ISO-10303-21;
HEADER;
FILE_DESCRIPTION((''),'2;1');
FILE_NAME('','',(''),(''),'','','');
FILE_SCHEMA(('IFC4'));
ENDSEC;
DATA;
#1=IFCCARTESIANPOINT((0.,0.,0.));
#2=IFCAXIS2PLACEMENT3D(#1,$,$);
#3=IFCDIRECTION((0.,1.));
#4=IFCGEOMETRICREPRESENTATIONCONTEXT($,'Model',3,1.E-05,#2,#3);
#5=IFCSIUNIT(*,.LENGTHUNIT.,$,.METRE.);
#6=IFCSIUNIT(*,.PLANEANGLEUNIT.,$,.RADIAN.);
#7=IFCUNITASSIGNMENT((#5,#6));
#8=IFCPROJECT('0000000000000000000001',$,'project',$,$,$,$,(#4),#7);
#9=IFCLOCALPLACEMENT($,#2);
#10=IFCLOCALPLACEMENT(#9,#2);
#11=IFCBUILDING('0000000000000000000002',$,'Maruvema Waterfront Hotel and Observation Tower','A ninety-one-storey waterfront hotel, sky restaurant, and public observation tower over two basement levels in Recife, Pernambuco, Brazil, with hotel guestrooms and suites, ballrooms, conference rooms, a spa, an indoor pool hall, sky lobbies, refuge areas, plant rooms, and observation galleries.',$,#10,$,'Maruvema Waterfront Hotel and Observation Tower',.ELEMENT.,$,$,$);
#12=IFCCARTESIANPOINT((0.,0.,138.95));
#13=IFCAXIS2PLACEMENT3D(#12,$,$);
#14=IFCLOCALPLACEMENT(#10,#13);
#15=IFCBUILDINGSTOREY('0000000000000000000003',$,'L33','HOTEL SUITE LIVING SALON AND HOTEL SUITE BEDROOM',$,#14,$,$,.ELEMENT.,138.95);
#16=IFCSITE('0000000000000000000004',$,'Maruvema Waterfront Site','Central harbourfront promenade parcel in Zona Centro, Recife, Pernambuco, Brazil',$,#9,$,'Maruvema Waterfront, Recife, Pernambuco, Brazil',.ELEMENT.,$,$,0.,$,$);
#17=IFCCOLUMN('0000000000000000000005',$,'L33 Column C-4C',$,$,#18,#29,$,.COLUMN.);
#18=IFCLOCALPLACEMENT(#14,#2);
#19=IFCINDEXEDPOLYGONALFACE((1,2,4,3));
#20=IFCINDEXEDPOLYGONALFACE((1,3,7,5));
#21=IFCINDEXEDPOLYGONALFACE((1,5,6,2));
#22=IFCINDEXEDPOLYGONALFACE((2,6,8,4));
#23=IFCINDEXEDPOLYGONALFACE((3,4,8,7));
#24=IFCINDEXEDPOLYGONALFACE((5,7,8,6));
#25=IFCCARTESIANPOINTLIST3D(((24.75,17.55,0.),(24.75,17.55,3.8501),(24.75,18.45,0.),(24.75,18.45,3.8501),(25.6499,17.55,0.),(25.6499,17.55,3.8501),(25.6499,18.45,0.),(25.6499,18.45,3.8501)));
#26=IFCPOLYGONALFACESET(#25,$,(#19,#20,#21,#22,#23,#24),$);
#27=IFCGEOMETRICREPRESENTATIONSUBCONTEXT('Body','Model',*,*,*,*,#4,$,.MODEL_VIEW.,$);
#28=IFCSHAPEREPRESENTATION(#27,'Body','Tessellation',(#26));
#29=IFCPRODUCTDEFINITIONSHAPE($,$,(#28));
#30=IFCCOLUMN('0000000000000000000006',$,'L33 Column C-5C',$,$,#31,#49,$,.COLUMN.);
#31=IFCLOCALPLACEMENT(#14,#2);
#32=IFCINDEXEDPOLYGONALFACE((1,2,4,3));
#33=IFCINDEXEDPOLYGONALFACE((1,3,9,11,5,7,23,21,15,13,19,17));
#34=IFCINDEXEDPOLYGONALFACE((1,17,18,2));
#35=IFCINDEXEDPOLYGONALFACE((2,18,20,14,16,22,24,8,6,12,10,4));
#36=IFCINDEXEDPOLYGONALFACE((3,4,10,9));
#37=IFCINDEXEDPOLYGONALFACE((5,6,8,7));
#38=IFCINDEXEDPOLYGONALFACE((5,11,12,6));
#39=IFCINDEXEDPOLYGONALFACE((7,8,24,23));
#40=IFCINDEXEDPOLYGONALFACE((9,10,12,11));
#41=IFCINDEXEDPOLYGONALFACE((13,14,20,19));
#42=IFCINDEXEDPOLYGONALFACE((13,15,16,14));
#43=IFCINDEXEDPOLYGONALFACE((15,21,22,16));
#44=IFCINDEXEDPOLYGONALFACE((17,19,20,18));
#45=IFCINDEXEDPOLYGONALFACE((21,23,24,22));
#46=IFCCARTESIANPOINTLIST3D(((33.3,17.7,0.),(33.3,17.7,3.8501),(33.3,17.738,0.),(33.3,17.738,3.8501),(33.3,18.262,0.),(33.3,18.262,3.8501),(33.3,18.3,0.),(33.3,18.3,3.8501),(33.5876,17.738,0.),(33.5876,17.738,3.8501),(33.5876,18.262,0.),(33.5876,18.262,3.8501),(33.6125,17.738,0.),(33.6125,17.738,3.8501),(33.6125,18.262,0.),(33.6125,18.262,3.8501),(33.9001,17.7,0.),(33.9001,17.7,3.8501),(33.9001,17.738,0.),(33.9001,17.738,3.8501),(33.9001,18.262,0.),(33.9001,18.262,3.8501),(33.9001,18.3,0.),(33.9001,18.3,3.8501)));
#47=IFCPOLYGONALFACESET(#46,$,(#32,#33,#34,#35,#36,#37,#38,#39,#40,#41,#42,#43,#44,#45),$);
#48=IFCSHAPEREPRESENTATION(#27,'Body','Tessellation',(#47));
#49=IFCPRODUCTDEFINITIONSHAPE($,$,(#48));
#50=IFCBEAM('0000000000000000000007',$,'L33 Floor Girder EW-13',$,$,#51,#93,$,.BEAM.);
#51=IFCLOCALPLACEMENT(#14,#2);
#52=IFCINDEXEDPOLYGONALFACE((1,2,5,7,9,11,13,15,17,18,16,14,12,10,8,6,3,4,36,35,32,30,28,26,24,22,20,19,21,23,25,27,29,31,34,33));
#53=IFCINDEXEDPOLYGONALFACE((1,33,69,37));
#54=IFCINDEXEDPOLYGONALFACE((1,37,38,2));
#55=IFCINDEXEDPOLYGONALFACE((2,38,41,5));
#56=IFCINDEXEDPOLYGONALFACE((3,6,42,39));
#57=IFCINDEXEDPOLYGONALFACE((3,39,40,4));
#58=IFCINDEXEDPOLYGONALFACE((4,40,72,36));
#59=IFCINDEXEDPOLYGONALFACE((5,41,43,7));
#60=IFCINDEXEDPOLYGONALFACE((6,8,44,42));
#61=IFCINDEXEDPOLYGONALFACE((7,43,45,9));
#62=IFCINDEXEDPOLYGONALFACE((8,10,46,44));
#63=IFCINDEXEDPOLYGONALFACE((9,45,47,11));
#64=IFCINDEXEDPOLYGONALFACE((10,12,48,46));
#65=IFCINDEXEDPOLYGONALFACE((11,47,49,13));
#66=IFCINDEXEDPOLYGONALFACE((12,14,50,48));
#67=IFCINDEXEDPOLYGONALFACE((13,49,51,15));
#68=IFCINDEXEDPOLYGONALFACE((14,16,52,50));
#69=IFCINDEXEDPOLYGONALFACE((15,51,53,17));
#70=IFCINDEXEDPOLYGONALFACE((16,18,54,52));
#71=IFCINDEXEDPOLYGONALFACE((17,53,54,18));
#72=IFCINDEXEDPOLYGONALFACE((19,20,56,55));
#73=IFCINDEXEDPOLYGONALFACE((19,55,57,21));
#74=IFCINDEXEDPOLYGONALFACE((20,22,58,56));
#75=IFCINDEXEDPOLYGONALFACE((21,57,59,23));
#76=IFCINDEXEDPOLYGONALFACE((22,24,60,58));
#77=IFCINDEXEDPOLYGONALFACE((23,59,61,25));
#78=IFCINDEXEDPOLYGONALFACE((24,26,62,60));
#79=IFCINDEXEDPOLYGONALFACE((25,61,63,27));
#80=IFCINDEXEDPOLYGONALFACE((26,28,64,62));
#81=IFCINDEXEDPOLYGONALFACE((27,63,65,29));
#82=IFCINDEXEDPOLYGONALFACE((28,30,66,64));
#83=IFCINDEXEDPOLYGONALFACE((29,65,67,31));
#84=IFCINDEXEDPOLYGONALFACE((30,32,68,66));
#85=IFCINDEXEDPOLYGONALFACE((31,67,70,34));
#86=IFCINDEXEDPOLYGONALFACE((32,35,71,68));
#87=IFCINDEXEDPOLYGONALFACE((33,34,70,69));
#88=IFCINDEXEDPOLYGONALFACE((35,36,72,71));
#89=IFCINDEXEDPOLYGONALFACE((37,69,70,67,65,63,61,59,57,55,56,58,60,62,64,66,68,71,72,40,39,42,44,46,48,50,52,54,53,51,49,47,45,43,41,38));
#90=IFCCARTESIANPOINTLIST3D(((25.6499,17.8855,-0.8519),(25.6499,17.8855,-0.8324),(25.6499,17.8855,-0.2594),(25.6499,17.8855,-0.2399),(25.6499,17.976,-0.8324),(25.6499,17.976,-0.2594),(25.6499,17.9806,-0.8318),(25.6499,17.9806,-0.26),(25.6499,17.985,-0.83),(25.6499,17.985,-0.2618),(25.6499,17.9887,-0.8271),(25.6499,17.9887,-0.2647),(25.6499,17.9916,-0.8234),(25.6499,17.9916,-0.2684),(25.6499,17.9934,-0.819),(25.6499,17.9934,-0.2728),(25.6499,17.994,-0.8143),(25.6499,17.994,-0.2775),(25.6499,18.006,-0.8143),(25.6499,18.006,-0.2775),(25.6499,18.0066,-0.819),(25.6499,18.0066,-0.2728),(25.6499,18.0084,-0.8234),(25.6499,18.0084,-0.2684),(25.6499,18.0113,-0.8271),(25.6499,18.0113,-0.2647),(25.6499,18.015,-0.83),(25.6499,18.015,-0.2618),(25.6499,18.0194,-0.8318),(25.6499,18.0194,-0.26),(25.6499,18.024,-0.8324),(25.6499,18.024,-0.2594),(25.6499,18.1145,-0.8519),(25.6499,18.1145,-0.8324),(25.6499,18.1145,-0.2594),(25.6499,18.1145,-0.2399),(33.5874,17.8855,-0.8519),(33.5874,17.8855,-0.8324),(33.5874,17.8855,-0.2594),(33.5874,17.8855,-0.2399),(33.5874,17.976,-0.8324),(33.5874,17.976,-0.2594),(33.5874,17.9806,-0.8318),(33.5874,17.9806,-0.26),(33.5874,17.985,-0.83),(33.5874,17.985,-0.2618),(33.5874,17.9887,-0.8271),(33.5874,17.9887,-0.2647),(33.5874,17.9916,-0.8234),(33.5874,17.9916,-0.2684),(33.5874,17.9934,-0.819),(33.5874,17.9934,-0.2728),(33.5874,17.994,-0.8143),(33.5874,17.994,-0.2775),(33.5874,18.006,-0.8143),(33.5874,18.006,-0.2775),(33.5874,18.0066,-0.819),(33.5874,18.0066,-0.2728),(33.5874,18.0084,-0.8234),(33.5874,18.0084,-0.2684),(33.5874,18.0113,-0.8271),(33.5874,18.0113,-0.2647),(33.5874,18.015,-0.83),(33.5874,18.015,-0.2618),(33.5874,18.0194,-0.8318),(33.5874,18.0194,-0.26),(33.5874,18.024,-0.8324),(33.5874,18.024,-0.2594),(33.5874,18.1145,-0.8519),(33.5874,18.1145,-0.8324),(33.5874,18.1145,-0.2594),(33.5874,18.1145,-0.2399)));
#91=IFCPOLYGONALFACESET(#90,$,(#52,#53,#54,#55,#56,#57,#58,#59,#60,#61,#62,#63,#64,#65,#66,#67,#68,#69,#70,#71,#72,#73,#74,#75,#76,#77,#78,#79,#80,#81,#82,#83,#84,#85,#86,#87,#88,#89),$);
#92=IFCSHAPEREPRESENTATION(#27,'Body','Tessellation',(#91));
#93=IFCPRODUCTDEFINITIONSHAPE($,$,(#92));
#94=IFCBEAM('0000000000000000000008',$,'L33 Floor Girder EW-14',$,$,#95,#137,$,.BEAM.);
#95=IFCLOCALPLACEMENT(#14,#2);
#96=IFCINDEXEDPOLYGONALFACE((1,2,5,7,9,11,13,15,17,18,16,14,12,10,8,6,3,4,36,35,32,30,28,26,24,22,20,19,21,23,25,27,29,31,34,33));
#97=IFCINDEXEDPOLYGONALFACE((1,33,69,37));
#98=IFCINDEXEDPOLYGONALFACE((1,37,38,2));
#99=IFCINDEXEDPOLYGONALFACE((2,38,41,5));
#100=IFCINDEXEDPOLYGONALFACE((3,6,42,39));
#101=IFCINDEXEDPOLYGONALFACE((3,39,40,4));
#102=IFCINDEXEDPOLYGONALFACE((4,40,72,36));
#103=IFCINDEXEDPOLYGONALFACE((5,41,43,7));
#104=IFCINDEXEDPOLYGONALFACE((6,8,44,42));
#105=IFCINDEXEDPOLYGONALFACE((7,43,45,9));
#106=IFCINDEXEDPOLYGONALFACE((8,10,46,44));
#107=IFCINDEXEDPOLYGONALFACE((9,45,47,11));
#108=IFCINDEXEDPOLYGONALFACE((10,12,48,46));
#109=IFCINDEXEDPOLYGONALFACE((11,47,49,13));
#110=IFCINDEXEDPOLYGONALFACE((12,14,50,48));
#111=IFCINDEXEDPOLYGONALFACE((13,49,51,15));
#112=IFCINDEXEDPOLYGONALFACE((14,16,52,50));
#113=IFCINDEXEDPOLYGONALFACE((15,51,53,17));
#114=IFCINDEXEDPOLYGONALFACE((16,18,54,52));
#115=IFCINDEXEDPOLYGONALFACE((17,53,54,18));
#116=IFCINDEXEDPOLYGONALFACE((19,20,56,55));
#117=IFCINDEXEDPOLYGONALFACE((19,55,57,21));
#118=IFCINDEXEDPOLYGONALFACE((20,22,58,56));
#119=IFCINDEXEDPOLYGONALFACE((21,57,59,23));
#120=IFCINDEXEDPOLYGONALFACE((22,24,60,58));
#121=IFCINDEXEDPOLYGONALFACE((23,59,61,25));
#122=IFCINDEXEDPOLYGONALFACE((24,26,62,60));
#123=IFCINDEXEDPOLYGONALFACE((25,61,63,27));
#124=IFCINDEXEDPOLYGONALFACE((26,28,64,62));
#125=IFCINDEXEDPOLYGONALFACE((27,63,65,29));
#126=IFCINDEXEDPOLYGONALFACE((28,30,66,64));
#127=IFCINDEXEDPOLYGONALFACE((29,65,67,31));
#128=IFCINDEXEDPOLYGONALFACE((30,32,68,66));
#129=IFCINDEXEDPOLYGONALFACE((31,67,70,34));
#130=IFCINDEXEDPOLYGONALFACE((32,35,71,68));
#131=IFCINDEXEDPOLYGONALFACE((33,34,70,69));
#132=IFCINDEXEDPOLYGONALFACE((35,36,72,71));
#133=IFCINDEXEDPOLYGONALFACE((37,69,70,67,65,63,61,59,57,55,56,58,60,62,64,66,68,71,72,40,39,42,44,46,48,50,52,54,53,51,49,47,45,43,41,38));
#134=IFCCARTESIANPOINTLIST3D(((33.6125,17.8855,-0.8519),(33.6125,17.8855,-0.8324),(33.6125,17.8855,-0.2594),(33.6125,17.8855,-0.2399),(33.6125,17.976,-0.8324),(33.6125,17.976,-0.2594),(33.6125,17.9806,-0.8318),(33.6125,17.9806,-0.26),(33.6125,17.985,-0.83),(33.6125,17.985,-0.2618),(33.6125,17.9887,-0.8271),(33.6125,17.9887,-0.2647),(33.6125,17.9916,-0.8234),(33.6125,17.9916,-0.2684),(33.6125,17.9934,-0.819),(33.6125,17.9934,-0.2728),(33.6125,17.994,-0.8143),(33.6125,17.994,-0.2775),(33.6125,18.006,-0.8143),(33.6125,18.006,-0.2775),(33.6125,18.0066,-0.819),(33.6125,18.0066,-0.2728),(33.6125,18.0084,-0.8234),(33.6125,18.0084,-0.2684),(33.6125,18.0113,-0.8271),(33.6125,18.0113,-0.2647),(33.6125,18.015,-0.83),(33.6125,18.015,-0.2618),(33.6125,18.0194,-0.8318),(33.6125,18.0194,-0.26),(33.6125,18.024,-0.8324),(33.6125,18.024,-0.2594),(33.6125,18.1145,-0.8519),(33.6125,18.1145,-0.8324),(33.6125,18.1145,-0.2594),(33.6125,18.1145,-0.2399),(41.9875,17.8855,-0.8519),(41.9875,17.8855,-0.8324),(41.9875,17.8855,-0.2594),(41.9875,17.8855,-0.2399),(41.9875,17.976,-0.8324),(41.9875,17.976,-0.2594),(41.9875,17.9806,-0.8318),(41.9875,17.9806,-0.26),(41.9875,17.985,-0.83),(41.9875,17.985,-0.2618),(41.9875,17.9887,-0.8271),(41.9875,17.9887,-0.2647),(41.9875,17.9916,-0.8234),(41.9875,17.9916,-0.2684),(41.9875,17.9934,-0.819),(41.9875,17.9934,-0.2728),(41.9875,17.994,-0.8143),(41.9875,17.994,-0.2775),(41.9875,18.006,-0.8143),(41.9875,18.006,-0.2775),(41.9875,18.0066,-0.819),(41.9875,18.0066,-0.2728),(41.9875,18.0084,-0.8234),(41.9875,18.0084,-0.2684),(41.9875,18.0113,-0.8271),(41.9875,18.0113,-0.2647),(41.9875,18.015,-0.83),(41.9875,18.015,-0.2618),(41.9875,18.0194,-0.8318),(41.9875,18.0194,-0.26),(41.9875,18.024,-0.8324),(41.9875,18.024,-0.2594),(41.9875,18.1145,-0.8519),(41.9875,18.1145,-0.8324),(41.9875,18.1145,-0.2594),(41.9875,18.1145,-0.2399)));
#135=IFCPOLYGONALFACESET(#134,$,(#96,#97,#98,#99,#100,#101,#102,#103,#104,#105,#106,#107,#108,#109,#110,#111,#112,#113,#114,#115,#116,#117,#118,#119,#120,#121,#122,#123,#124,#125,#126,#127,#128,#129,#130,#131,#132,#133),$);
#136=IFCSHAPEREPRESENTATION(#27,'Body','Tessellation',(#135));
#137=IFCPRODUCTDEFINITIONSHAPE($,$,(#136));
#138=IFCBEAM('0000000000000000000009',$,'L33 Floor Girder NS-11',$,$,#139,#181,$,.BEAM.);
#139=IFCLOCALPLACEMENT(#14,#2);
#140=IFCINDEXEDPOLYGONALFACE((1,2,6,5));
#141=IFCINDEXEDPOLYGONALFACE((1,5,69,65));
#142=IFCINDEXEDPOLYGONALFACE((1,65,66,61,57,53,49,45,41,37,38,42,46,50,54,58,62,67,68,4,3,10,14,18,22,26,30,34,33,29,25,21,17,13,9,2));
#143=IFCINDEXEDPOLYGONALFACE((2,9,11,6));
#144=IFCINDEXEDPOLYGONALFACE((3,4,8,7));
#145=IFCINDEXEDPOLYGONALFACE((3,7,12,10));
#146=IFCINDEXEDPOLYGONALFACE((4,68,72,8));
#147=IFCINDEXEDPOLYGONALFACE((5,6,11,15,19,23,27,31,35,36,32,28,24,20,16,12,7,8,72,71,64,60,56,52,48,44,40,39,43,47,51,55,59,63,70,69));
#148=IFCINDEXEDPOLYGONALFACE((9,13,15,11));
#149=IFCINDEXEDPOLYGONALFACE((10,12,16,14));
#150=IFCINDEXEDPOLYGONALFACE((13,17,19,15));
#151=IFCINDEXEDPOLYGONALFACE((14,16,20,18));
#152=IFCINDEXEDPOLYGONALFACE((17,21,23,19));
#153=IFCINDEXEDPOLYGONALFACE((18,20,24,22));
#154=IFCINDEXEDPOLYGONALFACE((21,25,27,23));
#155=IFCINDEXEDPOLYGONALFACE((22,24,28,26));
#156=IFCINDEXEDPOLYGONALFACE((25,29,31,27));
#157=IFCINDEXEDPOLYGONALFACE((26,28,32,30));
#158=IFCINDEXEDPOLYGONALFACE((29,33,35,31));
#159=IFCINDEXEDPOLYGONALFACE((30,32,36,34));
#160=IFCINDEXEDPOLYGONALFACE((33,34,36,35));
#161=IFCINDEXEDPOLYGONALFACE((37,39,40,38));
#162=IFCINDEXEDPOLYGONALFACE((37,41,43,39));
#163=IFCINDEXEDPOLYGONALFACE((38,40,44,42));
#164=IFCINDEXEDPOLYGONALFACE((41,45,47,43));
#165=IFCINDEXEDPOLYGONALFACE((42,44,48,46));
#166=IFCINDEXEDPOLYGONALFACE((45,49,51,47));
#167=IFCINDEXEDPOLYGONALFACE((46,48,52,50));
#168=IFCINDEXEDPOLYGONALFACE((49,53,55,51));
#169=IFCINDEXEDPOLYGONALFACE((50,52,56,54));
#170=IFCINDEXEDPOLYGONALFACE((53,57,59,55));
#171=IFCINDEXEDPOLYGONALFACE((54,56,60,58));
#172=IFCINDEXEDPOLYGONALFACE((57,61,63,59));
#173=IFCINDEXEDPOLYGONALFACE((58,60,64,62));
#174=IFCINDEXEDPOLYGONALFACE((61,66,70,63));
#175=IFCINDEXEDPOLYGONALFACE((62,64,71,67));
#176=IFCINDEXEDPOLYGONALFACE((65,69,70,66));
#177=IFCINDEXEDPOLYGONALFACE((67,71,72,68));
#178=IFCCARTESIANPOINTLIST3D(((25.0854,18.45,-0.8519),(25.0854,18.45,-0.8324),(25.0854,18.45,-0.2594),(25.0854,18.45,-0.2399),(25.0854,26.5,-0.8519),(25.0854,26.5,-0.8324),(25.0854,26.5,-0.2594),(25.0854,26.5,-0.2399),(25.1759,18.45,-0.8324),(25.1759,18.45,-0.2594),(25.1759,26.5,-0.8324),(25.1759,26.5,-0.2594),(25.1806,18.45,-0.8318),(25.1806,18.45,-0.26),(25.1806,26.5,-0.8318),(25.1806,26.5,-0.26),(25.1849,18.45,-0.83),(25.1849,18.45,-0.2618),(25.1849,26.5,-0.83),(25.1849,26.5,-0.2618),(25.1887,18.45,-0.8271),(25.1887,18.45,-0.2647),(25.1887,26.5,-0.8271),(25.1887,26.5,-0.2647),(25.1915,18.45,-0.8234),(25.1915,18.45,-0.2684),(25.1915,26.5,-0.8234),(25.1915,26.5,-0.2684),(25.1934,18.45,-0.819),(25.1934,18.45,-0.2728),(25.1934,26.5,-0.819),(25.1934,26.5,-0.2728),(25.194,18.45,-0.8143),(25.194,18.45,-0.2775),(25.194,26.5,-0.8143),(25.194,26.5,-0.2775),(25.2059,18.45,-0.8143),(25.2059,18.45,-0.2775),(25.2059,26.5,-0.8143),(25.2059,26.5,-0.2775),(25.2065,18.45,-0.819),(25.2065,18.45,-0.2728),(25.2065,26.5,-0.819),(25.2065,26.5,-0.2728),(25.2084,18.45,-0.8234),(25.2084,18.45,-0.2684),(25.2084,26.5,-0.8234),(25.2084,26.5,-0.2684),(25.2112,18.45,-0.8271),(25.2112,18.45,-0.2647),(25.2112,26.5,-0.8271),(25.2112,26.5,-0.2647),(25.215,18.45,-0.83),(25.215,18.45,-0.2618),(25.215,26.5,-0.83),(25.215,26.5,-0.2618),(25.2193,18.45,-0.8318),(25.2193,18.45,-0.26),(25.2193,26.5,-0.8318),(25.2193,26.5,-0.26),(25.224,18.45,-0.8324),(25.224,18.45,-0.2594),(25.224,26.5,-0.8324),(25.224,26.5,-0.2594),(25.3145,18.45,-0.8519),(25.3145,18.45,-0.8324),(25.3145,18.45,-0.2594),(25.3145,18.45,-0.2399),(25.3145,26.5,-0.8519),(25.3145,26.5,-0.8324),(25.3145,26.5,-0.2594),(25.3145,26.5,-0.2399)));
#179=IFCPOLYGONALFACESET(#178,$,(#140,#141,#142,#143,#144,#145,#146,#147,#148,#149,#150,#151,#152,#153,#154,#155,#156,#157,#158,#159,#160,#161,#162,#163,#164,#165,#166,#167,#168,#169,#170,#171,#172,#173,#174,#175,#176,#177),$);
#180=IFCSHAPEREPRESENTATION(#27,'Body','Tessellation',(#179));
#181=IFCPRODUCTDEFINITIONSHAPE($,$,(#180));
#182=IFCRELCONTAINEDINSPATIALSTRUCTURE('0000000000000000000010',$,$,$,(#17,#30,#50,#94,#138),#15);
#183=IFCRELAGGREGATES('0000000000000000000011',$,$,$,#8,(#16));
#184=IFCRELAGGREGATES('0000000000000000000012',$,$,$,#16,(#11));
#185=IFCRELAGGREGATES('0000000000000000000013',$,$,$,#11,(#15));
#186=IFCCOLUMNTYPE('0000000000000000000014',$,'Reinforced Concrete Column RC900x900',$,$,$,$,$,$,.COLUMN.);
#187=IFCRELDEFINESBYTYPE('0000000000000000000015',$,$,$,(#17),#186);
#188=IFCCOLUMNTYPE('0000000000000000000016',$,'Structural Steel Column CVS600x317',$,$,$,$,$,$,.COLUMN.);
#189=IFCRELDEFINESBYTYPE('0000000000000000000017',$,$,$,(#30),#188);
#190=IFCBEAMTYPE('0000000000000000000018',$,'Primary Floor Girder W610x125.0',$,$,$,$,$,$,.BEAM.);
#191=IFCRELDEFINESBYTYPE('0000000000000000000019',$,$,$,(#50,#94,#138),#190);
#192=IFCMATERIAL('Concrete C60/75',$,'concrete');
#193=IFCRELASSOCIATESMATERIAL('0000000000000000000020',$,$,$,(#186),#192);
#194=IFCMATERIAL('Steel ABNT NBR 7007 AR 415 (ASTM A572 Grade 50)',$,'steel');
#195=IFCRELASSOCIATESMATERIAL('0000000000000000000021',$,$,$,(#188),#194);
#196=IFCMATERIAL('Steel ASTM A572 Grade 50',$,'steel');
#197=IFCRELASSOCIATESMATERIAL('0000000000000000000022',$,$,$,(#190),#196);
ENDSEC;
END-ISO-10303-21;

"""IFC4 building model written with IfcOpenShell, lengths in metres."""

from ifc_helpers import new_model, si_unit, direction, frame, origin, origin_2d, place, context, subcontext, project, spatial, rectangle, i_section, extrude, material, material_profile, profile_set, type_object, element, save


model = new_model("IFC4")

# Units and contexts
model_context = context("Model", 3, precision=1e-05, world=origin(), true_north=direction((0.0, 1.0)))
body_context = subcontext(model_context, "Body", "Model", "MODEL_VIEW")
ifc_project = project(units=[si_unit("LENGTHUNIT", "METRE"), si_unit("PLANEANGLEUNIT", "RADIAN")], contexts=[model_context])

# Site, building, storey
site_placement = place(None, origin())
site = spatial("IfcSite", under=ifc_project, at=site_placement, Name="Maruvema Waterfront Site", Description="Central harbourfront promenade parcel in Zona Centro, Recife, Pernambuco, Brazil", LongName="Maruvema Waterfront, Recife, Pernambuco, Brazil", CompositionType="ELEMENT", RefElevation=0.0)
building_placement = place(site_placement, origin())
building = spatial("IfcBuilding", under=site, at=building_placement, Name="Maruvema Waterfront Hotel and Observation Tower", Description="A ninety-one-storey waterfront hotel, sky restaurant, and public observation tower over two basement levels in Recife, Pernambuco, Brazil, with hotel guestrooms and suites, ballrooms, conference rooms, a spa, an indoor pool hall, sky lobbies, refuge areas, plant rooms, and observation galleries.", LongName="Maruvema Waterfront Hotel and Observation Tower", CompositionType="ELEMENT")
storey_placement = place(building_placement, frame((0.0, 0.0, 138.95)))
storey = spatial("IfcBuildingStorey", under=building, at=storey_placement, Name="L33", Description="HOTEL SUITE LIVING SALON AND HOTEL SUITE BEDROOM", CompositionType="ELEMENT", Elevation=138.95)

# Columns
ifc_material_1 = material(Name="Concrete C60/75", Category="concrete")
ifc_material_profile_1 = material_profile(ifc_material_1, rectangle(XDim=0.8999, YDim=0.8999, at=origin_2d()), Name="RC900x900")
ifc_profile_set_1 = profile_set([ifc_material_profile_1], Name="Concrete C60/75")
column_type_1 = type_object("IfcColumnType", Name="Reinforced Concrete Column RC900x900", PredefinedType="COLUMN", material=ifc_profile_set_1)
column_1_placement = place(storey_placement, frame((25.2, 18.0, 0.0), z_axis=(0.0, 0.0, 1.0), x_axis=(1.0, 0.0, 0.0)))
element("IfcColumn", 1, at=column_1_placement, inside=storey, type_object=column_type_1, Name="L33 Column C-4C", PredefinedType="COLUMN", context=body_context, shape_type="SweptSolid", body=[
    extrude(rectangle(XDim=0.8999, YDim=0.8999, at=origin_2d()), origin(), (0.0, 0.0, 1.0), 3.8501),
])
ifc_material_2 = material(Name="Steel ABNT NBR 7007 AR 415 (ASTM A572 Grade 50)", Category="steel")
ifc_material_profile_2 = material_profile(ifc_material_2, i_section(OverallWidth=0.6001, OverallDepth=0.6001, WebThickness=0.0249, FlangeThickness=0.0381, at=origin_2d()), Name="CVS600x317")
ifc_profile_set_2 = profile_set([ifc_material_profile_2], Name="Steel ABNT NBR 7007 AR 415 (ASTM A572 Grade 50)")
column_type_2 = type_object("IfcColumnType", Name="Structural Steel Column CVS600x317", PredefinedType="COLUMN", material=ifc_profile_set_2)
column_2_placement = place(storey_placement, frame((33.6001, 18.0, 0.0), z_axis=(0.0, 0.0, 1.0), x_axis=(1.0, 0.0, 0.0)))
element("IfcColumn", 2, at=column_2_placement, inside=storey, type_object=column_type_2, Name="L33 Column C-5C", PredefinedType="COLUMN", context=body_context, shape_type="SweptSolid", body=[
    extrude(i_section(OverallWidth=0.6001, OverallDepth=0.6001, WebThickness=0.0249, FlangeThickness=0.0381, at=origin_2d()), origin(), (0.0, 0.0, 1.0), 3.8501),
])

# Beams
ifc_material_3 = material(Name="Steel ASTM A572 Grade 50", Category="steel")
ifc_material_profile_3 = material_profile(ifc_material_3, i_section(OverallWidth=0.229, OverallDepth=0.6121, WebThickness=0.012, FlangeThickness=0.0195, FilletRadius=0.0181, at=origin_2d()), Name="W610x125.0")
ifc_profile_set_3 = profile_set([ifc_material_profile_3], Name="Steel ASTM A572 Grade 50")
beam_type = type_object("IfcBeamType", Name="Primary Floor Girder W610x125.0", PredefinedType="BEAM", material=ifc_profile_set_3)
beam_1_placement = place(storey_placement, frame((25.6499, 18.0, -0.5459), z_axis=(1.0, 0.0, 0.0), x_axis=(0.0, 1.0, 0.0)))
element("IfcBeam", 3, at=beam_1_placement, inside=storey, type_object=beam_type, Name="L33 Floor Girder EW-13", PredefinedType="BEAM", context=body_context, shape_type="SweptSolid", body=[
    extrude(i_section(OverallWidth=0.229, OverallDepth=0.6121, WebThickness=0.012, FlangeThickness=0.0195, FilletRadius=0.0181, at=origin_2d()), origin(), (0.0, 0.0, 1.0), 7.9375),
])
beam_2_placement = place(storey_placement, frame((33.6125, 18.0, -0.5459), z_axis=(1.0, 0.0, 0.0), x_axis=(0.0, 1.0, 0.0)))
element("IfcBeam", 4, at=beam_2_placement, inside=storey, type_object=beam_type, Name="L33 Floor Girder EW-14", PredefinedType="BEAM", context=body_context, shape_type="SweptSolid", body=[
    extrude(i_section(OverallWidth=0.229, OverallDepth=0.6121, WebThickness=0.012, FlangeThickness=0.0195, FilletRadius=0.0181, at=origin_2d()), origin(), (0.0, 0.0, 1.0), 8.375),
])
beam_3_placement = place(storey_placement, frame((25.2, 18.45, -0.5459), z_axis=(0.0, 1.0, 0.0), x_axis=(-1.0, 0.0, 0.0)))
element("IfcBeam", 5, at=beam_3_placement, inside=storey, type_object=beam_type, Name="L33 Floor Girder NS-11", PredefinedType="BEAM", context=body_context, shape_type="SweptSolid", body=[
    extrude(i_section(OverallWidth=0.229, OverallDepth=0.6121, WebThickness=0.012, FlangeThickness=0.0195, FilletRadius=0.0181, at=origin_2d()), origin(), (0.0, 0.0, 1.0), 8.05),
])

save(model, "model.ifc")
